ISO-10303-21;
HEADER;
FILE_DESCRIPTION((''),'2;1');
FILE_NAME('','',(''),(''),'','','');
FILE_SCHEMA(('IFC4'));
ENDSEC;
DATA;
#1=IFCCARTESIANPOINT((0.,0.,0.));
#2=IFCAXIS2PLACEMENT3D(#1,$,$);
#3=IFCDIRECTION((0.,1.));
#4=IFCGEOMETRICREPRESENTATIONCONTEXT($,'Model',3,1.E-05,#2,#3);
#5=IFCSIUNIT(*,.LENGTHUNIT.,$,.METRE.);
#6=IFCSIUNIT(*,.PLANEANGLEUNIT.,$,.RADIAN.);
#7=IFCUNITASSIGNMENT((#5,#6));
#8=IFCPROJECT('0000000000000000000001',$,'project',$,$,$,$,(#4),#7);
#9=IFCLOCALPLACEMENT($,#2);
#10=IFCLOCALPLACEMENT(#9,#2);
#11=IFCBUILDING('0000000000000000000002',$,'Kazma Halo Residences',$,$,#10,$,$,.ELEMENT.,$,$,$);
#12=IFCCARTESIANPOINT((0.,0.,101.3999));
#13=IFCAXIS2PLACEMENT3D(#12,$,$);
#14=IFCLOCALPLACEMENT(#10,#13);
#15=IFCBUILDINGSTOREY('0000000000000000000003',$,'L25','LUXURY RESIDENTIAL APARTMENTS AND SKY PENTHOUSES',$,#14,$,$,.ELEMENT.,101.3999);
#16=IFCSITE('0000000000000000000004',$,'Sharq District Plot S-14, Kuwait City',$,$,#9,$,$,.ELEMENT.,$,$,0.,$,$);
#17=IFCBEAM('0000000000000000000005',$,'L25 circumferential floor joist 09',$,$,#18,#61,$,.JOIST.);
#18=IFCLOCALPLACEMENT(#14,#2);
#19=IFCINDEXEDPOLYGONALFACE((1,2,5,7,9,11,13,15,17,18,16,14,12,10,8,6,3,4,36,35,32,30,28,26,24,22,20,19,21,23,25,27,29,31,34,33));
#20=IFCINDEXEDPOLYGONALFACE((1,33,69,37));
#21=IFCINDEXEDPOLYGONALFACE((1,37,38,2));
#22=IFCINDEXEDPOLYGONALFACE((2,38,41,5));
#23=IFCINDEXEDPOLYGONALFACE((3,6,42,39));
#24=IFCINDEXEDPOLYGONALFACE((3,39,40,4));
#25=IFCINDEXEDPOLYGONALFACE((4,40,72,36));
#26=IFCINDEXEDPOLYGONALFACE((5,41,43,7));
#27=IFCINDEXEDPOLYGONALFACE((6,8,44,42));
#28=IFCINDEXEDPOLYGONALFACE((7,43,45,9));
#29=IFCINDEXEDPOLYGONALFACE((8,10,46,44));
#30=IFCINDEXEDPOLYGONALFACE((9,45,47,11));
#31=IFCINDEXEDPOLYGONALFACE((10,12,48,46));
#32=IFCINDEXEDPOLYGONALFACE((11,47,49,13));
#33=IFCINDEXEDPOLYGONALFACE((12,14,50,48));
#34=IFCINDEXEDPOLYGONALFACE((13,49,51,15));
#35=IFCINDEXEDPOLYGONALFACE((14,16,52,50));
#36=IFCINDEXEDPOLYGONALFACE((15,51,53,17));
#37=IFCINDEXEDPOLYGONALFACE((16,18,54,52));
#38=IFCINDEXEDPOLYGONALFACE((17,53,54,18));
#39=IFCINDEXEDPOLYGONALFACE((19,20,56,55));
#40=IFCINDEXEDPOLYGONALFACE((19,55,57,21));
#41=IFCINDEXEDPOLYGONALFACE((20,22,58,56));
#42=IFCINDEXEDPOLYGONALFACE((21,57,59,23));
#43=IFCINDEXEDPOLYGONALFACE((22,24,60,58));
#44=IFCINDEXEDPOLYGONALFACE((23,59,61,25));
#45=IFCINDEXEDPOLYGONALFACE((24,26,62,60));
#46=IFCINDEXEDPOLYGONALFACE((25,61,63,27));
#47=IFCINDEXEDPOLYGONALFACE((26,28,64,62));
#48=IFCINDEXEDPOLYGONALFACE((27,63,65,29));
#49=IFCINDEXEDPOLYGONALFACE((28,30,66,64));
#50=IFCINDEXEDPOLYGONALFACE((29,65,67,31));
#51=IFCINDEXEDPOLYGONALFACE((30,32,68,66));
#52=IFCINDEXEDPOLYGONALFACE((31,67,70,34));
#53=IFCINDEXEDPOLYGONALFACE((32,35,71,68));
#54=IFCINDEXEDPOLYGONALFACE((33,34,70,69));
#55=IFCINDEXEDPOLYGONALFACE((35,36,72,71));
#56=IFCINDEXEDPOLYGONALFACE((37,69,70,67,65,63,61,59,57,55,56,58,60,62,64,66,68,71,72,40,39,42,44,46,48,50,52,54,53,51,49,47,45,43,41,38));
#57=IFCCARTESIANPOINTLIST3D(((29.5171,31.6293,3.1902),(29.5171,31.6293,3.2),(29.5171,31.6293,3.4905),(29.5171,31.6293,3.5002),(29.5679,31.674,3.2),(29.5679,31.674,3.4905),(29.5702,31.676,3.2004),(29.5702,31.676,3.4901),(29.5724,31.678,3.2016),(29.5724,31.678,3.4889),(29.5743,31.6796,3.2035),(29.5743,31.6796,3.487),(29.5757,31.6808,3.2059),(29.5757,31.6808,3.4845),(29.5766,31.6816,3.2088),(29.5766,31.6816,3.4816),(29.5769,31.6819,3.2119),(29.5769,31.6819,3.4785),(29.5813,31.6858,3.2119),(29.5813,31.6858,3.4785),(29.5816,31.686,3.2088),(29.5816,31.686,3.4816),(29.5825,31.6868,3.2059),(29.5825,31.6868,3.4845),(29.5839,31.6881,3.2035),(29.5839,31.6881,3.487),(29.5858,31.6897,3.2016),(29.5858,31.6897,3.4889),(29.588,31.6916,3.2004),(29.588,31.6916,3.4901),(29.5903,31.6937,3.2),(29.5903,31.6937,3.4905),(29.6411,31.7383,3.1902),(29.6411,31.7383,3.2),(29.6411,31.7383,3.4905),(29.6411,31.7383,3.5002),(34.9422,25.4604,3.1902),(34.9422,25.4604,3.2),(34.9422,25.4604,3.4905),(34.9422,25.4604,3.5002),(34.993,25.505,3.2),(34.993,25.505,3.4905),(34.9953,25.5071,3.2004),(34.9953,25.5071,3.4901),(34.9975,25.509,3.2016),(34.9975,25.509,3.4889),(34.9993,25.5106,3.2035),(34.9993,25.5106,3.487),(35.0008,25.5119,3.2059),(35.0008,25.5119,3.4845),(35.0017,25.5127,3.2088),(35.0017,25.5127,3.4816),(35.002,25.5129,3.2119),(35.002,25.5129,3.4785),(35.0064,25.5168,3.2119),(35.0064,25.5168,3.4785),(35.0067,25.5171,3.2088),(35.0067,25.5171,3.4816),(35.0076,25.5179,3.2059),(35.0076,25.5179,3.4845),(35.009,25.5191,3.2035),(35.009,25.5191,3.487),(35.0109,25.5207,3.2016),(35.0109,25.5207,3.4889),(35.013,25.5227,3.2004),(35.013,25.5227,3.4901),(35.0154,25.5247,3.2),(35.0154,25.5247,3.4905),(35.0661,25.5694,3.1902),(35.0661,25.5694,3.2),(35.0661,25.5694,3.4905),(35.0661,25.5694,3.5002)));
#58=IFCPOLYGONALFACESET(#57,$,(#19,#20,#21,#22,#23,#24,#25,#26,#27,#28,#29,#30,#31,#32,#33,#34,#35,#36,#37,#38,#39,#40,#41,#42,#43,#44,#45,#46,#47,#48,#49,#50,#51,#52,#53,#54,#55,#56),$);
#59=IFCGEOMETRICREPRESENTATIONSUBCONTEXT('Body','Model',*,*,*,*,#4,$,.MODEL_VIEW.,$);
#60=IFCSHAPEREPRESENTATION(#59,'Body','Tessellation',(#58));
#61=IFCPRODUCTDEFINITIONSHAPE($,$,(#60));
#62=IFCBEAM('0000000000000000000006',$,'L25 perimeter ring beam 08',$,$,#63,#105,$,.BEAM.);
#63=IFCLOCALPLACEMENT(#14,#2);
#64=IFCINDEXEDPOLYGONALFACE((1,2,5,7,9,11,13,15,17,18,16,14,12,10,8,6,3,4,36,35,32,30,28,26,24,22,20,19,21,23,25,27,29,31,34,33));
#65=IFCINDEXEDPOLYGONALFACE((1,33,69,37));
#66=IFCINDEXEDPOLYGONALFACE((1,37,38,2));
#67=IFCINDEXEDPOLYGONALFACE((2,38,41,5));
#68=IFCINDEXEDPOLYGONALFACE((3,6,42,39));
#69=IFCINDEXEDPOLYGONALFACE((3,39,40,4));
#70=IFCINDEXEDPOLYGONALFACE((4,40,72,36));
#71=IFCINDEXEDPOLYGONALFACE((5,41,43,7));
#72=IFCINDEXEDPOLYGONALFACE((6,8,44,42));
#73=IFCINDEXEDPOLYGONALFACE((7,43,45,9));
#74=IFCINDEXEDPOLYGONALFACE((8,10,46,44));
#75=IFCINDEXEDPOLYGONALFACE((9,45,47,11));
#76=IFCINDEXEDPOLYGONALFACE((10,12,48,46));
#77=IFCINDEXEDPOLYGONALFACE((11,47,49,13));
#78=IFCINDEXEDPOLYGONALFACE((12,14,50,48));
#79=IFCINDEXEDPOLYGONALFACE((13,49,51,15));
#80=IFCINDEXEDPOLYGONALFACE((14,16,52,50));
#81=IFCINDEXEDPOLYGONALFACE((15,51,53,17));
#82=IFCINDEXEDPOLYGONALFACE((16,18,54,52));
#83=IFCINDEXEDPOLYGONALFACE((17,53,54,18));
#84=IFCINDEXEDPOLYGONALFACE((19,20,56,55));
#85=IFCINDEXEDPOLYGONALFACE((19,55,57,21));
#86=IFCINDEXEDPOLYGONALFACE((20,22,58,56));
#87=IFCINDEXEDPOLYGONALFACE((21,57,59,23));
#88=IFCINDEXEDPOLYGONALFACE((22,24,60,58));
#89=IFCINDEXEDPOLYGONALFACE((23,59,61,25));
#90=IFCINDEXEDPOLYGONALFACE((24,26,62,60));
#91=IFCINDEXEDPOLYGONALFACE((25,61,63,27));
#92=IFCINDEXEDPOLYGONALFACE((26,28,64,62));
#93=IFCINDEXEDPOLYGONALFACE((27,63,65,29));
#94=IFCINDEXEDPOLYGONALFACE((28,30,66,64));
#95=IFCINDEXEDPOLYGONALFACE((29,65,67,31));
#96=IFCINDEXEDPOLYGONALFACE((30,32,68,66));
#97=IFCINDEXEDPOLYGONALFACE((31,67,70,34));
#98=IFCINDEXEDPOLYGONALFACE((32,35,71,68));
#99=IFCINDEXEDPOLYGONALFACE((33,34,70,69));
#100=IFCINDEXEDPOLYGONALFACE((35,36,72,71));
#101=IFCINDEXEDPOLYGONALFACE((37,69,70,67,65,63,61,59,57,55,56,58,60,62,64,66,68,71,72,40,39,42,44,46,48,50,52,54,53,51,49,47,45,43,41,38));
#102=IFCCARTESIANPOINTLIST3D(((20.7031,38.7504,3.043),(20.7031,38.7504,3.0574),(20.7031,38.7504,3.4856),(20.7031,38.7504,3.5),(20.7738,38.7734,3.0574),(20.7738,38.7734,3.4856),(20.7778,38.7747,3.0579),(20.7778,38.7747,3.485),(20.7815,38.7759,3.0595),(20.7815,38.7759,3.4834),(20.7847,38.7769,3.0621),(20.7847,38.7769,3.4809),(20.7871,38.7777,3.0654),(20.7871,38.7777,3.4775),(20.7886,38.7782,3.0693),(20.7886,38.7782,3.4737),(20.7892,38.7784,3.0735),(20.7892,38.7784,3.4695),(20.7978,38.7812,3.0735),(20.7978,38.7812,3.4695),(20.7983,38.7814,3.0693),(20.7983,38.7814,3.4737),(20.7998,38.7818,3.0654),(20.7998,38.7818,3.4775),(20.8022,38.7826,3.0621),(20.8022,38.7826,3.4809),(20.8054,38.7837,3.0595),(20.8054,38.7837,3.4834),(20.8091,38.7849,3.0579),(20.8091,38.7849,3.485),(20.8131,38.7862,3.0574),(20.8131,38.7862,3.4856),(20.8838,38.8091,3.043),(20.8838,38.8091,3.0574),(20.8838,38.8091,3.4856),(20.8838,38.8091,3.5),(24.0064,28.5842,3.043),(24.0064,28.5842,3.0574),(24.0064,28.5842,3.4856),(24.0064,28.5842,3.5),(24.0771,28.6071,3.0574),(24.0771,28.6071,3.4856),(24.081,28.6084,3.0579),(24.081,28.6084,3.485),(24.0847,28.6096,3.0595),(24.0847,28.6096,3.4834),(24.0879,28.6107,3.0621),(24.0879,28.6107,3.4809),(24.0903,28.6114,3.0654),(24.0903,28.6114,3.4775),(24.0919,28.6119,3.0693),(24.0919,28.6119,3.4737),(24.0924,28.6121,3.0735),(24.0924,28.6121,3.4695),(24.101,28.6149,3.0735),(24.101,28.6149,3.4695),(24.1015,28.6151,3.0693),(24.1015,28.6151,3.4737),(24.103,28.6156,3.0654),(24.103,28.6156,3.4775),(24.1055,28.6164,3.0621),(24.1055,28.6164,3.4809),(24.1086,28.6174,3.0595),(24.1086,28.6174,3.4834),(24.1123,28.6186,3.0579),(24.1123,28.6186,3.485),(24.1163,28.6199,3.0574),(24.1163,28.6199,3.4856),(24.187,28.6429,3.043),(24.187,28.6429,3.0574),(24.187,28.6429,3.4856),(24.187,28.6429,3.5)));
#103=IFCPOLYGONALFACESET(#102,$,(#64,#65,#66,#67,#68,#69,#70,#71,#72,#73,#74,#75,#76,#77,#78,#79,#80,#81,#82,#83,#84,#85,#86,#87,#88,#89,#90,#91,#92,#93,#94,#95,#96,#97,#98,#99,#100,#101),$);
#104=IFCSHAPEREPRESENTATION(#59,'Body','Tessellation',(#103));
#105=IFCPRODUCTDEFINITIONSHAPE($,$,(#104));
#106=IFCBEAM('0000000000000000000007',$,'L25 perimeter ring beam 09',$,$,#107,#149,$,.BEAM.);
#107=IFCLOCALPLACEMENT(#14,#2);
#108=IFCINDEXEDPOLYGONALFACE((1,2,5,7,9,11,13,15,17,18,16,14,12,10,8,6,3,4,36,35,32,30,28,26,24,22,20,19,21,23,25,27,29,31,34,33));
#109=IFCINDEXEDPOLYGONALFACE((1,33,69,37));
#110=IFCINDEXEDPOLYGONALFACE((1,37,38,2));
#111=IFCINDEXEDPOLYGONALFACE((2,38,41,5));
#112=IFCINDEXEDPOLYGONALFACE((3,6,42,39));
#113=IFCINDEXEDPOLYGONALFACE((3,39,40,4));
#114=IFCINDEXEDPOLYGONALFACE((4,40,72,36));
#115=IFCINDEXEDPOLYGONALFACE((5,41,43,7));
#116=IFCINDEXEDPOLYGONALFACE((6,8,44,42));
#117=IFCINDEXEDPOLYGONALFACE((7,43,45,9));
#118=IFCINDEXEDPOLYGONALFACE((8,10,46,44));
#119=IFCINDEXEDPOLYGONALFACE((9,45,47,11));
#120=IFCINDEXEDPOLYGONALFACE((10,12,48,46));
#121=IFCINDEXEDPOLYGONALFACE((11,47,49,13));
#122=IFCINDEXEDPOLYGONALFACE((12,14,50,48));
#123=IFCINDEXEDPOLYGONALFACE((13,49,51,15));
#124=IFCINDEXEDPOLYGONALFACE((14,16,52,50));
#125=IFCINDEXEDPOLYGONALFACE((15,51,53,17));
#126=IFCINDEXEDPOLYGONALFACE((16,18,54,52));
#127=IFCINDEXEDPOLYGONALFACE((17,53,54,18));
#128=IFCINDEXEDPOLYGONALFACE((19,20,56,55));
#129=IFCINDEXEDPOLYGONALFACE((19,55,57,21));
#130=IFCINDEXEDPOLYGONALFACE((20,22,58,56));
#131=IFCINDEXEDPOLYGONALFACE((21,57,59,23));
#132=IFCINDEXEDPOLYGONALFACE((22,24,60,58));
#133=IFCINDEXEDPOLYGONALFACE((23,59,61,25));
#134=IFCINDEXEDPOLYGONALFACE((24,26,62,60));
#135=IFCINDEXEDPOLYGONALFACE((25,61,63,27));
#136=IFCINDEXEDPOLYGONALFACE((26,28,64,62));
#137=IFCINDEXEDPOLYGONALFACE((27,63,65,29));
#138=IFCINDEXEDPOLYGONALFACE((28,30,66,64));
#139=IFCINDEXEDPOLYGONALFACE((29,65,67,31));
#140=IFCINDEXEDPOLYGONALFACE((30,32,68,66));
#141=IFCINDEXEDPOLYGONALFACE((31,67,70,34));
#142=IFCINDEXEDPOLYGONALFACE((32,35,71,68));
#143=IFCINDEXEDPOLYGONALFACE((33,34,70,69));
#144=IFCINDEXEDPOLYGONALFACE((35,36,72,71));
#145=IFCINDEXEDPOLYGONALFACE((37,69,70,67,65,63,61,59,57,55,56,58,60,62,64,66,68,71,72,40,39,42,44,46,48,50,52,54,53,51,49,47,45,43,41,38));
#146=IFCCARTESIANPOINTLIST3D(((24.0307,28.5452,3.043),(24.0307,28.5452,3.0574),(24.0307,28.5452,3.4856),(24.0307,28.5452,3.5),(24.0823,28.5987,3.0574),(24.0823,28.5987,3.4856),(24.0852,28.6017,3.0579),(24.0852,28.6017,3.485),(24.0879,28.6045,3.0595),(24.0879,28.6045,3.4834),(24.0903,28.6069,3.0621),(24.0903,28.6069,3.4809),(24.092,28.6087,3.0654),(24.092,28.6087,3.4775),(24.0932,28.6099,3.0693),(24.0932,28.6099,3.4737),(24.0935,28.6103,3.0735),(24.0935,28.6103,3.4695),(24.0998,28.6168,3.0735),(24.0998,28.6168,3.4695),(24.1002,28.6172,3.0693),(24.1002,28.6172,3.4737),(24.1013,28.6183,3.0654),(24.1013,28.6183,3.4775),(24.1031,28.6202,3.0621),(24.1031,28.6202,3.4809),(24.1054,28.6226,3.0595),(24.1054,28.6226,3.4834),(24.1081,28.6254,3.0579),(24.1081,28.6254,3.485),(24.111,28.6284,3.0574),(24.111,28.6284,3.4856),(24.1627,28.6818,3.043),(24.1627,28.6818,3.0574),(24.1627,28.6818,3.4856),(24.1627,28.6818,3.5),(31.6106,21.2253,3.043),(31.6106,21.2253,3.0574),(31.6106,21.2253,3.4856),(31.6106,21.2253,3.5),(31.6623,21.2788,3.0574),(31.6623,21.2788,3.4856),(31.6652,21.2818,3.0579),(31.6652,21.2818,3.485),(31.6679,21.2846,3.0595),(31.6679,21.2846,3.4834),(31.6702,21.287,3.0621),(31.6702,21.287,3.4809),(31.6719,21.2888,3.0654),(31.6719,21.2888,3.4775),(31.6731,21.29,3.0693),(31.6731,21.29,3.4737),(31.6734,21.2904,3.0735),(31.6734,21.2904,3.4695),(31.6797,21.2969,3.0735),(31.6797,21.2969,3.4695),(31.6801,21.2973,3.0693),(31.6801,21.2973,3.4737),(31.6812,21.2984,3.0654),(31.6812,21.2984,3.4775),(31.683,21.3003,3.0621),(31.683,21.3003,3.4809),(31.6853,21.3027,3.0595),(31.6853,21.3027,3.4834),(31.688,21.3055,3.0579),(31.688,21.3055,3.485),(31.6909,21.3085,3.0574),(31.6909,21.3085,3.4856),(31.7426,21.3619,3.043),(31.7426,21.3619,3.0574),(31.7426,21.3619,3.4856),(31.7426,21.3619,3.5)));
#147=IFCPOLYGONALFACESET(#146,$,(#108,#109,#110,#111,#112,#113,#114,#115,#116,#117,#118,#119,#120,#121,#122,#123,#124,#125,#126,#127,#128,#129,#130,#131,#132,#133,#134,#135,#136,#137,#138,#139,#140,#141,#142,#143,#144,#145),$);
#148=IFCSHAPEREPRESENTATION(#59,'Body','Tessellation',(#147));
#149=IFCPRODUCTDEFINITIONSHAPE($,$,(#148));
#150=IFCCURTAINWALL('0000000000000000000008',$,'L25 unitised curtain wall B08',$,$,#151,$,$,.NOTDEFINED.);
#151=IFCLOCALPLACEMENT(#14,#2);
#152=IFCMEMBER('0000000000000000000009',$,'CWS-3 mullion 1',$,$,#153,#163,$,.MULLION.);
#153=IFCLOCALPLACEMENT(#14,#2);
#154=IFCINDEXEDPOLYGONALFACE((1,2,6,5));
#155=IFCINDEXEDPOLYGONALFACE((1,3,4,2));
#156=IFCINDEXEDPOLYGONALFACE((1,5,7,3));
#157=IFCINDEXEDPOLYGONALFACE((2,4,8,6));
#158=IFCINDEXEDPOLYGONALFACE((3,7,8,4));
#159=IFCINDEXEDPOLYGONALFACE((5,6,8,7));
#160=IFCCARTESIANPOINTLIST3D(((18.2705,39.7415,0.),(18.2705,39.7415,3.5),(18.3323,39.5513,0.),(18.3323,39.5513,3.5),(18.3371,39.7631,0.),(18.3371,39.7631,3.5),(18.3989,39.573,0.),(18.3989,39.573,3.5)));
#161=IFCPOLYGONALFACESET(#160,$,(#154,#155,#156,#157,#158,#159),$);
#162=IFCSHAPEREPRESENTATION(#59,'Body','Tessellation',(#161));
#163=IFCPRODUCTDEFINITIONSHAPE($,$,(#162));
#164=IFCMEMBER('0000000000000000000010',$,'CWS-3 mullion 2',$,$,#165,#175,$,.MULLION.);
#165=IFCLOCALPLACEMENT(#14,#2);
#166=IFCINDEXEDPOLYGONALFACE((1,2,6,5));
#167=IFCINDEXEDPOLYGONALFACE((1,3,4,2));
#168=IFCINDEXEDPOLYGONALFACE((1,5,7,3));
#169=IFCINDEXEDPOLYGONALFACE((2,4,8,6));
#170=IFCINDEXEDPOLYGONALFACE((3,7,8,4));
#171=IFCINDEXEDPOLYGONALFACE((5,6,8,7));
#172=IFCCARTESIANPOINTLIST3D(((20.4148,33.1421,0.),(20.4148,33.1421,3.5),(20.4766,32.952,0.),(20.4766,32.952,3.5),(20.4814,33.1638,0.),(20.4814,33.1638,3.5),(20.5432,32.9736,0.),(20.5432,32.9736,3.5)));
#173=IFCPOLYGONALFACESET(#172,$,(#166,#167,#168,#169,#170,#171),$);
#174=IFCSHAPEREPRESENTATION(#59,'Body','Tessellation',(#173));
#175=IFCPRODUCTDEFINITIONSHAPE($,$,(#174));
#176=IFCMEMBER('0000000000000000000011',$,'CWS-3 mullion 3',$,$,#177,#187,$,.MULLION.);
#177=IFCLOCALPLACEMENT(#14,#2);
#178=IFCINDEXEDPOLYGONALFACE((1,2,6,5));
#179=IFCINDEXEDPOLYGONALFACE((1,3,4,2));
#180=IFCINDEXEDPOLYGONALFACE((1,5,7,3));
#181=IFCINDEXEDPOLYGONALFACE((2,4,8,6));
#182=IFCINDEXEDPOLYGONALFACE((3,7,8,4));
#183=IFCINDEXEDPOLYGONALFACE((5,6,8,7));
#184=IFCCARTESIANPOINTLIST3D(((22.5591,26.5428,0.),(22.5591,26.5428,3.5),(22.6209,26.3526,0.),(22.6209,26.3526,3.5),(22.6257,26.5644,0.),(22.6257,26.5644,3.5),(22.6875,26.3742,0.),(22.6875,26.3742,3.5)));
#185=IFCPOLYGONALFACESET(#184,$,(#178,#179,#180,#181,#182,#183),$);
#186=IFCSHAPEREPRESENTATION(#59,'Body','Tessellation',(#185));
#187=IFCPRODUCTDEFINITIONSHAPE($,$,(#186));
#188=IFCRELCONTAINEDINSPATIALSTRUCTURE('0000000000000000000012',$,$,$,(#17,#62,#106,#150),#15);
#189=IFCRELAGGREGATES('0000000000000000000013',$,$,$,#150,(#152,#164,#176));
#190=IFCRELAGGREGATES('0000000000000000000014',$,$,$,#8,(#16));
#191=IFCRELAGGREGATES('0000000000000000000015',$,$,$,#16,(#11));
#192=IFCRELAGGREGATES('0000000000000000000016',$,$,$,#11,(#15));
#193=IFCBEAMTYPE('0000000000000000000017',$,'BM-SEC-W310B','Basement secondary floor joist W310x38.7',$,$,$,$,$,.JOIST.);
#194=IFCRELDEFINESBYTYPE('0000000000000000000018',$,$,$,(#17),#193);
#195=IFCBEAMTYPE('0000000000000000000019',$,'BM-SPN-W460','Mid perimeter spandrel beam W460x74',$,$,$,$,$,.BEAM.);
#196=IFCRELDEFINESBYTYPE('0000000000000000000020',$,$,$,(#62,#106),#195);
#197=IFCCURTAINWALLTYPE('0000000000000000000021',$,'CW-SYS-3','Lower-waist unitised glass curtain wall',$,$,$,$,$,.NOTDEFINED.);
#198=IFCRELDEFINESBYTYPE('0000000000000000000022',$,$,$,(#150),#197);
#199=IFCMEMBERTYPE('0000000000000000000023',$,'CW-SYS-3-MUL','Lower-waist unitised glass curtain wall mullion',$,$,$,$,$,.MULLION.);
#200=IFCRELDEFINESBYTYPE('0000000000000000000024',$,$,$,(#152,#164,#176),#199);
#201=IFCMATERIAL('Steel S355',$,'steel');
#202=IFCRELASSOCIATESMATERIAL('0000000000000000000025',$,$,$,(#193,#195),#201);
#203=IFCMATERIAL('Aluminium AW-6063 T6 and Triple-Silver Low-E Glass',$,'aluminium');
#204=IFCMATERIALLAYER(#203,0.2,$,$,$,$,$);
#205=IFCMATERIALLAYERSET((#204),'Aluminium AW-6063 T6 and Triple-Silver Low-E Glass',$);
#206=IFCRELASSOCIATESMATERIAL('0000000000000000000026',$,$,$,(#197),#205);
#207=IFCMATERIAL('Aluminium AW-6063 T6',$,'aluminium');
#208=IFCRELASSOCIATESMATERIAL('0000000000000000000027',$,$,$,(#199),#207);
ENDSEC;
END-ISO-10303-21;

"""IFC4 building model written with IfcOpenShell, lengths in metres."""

from ifc_helpers import new_model, si_unit, direction, frame, origin, origin_2d, place, context, subcontext, project, spatial, rectangle, i_section, extrude, material, layer, layer_set, material_profile, profile_set, type_object, element, aggregate, save


model = new_model("IFC4")

# Units and contexts
model_context = context("Model", 3, precision=1e-05, world=origin(), true_north=direction((0.0, 1.0)))
body_context = subcontext(model_context, "Body", "Model", "MODEL_VIEW")
ifc_project = project(units=[si_unit("LENGTHUNIT", "METRE"), si_unit("PLANEANGLEUNIT", "RADIAN")], contexts=[model_context])

# Site, building, storey
site_placement = place(None, origin())
site = spatial("IfcSite", under=ifc_project, at=site_placement, Name="Sharq District Plot S-14, Kuwait City", CompositionType="ELEMENT", RefElevation=0.0)
building_placement = place(site_placement, origin())
building = spatial("IfcBuilding", under=site, at=building_placement, Name="Kazma Halo Residences", CompositionType="ELEMENT")
storey_placement = place(building_placement, frame((0.0, 0.0, 101.3999)))
storey = spatial("IfcBuildingStorey", under=building, at=storey_placement, Name="L25", Description="LUXURY RESIDENTIAL APARTMENTS AND SKY PENTHOUSES", CompositionType="ELEMENT", Elevation=101.3999)

# Beams
ifc_material_1 = material(Name="Steel S355", Category="steel")
ifc_material_profile_1 = material_profile(ifc_material_1, i_section(OverallWidth=0.165, OverallDepth=0.3101, WebThickness=0.0059, FlangeThickness=0.0098, FilletRadius=0.012, at=origin_2d()), Name="W310x38.7")
ifc_profile_set_1 = profile_set([ifc_material_profile_1], Name="Steel S355")
beam_type_1 = type_object("IfcBeamType", Name="BM-SEC-W310B", Description="Basement secondary floor joist W310x38.7", PredefinedType="JOIST", material=ifc_profile_set_1)
beam_1_placement = place(storey_placement, frame((29.5791, 31.6838, 3.3452), z_axis=(0.660379, -0.750932, 0.0), x_axis=(0.750932, 0.660379, 0.0)))
element("IfcBeam", 1, at=beam_1_placement, inside=storey, type_object=beam_type_1, Name="L25 circumferential floor joist 09", PredefinedType="JOIST", context=body_context, shape_type="SweptSolid", body=[
    extrude(i_section(OverallWidth=0.165, OverallDepth=0.3101, WebThickness=0.0059, FlangeThickness=0.0098, FilletRadius=0.012, at=origin_2d()), origin(), (0.0, 0.0, 1.0), 8.2151),
])
ifc_material_profile_2 = material_profile(ifc_material_1, i_section(OverallWidth=0.1899, OverallDepth=0.457, WebThickness=0.009, FlangeThickness=0.0144, FilletRadius=0.0161, at=origin_2d()), Name="W460x74")
ifc_profile_set_2 = profile_set([ifc_material_profile_2], Name="Steel S355")
beam_type_2 = type_object("IfcBeamType", Name="BM-SPN-W460", Description="Mid perimeter spandrel beam W460x74", PredefinedType="BEAM", material=ifc_profile_set_2)
beam_2_placement = place(storey_placement, frame((20.7935, 38.7798, 3.2715), z_axis=(0.309017, -0.951056, 0.0), x_axis=(0.951056, 0.309017, 0.0)))
element("IfcBeam", 2, at=beam_2_placement, inside=storey, type_object=beam_type_2, Name="L25 perimeter ring beam 08", PredefinedType="BEAM", context=body_context, shape_type="SweptSolid", body=[
    extrude(i_section(OverallWidth=0.1899, OverallDepth=0.457, WebThickness=0.009, FlangeThickness=0.0144, FilletRadius=0.0161, at=origin_2d()), origin(), (0.0, 0.0, 1.0), 10.6895),
])
beam_3_placement = place(storey_placement, frame((24.0967, 28.6135, 3.2715), z_axis=(0.719337, -0.694661, 0.0), x_axis=(0.694661, 0.719337, 0.0)))
element("IfcBeam", 3, at=beam_3_placement, inside=storey, type_object=beam_type_2, Name="L25 perimeter ring beam 09", PredefinedType="BEAM", context=body_context, shape_type="SweptSolid", body=[
    extrude(i_section(OverallWidth=0.1899, OverallDepth=0.457, WebThickness=0.009, FlangeThickness=0.0144, FilletRadius=0.0161, at=origin_2d()), origin(), (0.0, 0.0, 1.0), 10.5374),
])

# Curtain wall, members
ifc_material_2 = material(Name="Aluminium AW-6063 T6 and Triple-Silver Low-E Glass", Category="aluminium")
ifc_layer_1 = layer(ifc_material_2, 0.2)
ifc_layer_set_1 = layer_set([ifc_layer_1], Name="Aluminium AW-6063 T6 and Triple-Silver Low-E Glass")
curtain_wall_type = type_object("IfcCurtainWallType", Name="CW-SYS-3", Description="Lower-waist unitised glass curtain wall", PredefinedType="NOTDEFINED", material=ifc_layer_set_1)
curtain_wall_1_placement = place(storey_placement, origin())
curtain_wall_1 = element("IfcCurtainWall", 4, at=curtain_wall_1_placement, inside=storey, type_object=curtain_wall_type, Name="L25 unitised curtain wall B08", PredefinedType="NOTDEFINED")
ifc_material_3 = material(Name="Aluminium AW-6063 T6", Category="aluminium")
ifc_material_profile_3 = material_profile(ifc_material_3, rectangle(XDim=0.0701, YDim=0.2, at=origin_2d()), Name="CWM-70x200")
ifc_profile_set_3 = profile_set([ifc_material_profile_3], Name="Aluminium AW-6063 T6")
member_type_1 = type_object("IfcMemberType", Name="CW-SYS-3-MUL", Description="Lower-waist unitised glass curtain wall mullion", PredefinedType="MULLION", material=ifc_profile_set_3)
member_1_placement = place(storey_placement, frame((18.3347, 39.6572, 0.0), z_axis=(0.0, 0.0, 1.0), x_axis=(0.951058, 0.309013, 0.0)))
member_1 = element("IfcMember", 5, at=member_1_placement, type_object=member_type_1, Name="CWS-3 mullion 1", PredefinedType="MULLION", context=body_context, shape_type="SweptSolid", body=[
    extrude(rectangle(XDim=0.0701, YDim=0.2, at=origin_2d()), origin(), (0.0, 0.0, 1.0), 3.5),
])
member_2_placement = place(storey_placement, frame((20.479, 33.0579, 0.0), z_axis=(0.0, 0.0, 1.0), x_axis=(0.951058, 0.309013, 0.0)))
member_2 = element("IfcMember", 6, at=member_2_placement, type_object=member_type_1, Name="CWS-3 mullion 2", PredefinedType="MULLION", context=body_context, shape_type="SweptSolid", body=[
    extrude(rectangle(XDim=0.0701, YDim=0.2, at=origin_2d()), origin(), (0.0, 0.0, 1.0), 3.5),
])
member_3_placement = place(storey_placement, frame((22.6233, 26.4585, 0.0), z_axis=(0.0, 0.0, 1.0), x_axis=(0.951058, 0.309013, 0.0)))
member_3 = element("IfcMember", 7, at=member_3_placement, type_object=member_type_1, Name="CWS-3 mullion 3", PredefinedType="MULLION", context=body_context, shape_type="SweptSolid", body=[
    extrude(rectangle(XDim=0.0701, YDim=0.2, at=origin_2d()), origin(), (0.0, 0.0, 1.0), 3.5),
])

aggregate(curtain_wall_1, [member_1, member_2, member_3])

save(model, "model.ifc")
